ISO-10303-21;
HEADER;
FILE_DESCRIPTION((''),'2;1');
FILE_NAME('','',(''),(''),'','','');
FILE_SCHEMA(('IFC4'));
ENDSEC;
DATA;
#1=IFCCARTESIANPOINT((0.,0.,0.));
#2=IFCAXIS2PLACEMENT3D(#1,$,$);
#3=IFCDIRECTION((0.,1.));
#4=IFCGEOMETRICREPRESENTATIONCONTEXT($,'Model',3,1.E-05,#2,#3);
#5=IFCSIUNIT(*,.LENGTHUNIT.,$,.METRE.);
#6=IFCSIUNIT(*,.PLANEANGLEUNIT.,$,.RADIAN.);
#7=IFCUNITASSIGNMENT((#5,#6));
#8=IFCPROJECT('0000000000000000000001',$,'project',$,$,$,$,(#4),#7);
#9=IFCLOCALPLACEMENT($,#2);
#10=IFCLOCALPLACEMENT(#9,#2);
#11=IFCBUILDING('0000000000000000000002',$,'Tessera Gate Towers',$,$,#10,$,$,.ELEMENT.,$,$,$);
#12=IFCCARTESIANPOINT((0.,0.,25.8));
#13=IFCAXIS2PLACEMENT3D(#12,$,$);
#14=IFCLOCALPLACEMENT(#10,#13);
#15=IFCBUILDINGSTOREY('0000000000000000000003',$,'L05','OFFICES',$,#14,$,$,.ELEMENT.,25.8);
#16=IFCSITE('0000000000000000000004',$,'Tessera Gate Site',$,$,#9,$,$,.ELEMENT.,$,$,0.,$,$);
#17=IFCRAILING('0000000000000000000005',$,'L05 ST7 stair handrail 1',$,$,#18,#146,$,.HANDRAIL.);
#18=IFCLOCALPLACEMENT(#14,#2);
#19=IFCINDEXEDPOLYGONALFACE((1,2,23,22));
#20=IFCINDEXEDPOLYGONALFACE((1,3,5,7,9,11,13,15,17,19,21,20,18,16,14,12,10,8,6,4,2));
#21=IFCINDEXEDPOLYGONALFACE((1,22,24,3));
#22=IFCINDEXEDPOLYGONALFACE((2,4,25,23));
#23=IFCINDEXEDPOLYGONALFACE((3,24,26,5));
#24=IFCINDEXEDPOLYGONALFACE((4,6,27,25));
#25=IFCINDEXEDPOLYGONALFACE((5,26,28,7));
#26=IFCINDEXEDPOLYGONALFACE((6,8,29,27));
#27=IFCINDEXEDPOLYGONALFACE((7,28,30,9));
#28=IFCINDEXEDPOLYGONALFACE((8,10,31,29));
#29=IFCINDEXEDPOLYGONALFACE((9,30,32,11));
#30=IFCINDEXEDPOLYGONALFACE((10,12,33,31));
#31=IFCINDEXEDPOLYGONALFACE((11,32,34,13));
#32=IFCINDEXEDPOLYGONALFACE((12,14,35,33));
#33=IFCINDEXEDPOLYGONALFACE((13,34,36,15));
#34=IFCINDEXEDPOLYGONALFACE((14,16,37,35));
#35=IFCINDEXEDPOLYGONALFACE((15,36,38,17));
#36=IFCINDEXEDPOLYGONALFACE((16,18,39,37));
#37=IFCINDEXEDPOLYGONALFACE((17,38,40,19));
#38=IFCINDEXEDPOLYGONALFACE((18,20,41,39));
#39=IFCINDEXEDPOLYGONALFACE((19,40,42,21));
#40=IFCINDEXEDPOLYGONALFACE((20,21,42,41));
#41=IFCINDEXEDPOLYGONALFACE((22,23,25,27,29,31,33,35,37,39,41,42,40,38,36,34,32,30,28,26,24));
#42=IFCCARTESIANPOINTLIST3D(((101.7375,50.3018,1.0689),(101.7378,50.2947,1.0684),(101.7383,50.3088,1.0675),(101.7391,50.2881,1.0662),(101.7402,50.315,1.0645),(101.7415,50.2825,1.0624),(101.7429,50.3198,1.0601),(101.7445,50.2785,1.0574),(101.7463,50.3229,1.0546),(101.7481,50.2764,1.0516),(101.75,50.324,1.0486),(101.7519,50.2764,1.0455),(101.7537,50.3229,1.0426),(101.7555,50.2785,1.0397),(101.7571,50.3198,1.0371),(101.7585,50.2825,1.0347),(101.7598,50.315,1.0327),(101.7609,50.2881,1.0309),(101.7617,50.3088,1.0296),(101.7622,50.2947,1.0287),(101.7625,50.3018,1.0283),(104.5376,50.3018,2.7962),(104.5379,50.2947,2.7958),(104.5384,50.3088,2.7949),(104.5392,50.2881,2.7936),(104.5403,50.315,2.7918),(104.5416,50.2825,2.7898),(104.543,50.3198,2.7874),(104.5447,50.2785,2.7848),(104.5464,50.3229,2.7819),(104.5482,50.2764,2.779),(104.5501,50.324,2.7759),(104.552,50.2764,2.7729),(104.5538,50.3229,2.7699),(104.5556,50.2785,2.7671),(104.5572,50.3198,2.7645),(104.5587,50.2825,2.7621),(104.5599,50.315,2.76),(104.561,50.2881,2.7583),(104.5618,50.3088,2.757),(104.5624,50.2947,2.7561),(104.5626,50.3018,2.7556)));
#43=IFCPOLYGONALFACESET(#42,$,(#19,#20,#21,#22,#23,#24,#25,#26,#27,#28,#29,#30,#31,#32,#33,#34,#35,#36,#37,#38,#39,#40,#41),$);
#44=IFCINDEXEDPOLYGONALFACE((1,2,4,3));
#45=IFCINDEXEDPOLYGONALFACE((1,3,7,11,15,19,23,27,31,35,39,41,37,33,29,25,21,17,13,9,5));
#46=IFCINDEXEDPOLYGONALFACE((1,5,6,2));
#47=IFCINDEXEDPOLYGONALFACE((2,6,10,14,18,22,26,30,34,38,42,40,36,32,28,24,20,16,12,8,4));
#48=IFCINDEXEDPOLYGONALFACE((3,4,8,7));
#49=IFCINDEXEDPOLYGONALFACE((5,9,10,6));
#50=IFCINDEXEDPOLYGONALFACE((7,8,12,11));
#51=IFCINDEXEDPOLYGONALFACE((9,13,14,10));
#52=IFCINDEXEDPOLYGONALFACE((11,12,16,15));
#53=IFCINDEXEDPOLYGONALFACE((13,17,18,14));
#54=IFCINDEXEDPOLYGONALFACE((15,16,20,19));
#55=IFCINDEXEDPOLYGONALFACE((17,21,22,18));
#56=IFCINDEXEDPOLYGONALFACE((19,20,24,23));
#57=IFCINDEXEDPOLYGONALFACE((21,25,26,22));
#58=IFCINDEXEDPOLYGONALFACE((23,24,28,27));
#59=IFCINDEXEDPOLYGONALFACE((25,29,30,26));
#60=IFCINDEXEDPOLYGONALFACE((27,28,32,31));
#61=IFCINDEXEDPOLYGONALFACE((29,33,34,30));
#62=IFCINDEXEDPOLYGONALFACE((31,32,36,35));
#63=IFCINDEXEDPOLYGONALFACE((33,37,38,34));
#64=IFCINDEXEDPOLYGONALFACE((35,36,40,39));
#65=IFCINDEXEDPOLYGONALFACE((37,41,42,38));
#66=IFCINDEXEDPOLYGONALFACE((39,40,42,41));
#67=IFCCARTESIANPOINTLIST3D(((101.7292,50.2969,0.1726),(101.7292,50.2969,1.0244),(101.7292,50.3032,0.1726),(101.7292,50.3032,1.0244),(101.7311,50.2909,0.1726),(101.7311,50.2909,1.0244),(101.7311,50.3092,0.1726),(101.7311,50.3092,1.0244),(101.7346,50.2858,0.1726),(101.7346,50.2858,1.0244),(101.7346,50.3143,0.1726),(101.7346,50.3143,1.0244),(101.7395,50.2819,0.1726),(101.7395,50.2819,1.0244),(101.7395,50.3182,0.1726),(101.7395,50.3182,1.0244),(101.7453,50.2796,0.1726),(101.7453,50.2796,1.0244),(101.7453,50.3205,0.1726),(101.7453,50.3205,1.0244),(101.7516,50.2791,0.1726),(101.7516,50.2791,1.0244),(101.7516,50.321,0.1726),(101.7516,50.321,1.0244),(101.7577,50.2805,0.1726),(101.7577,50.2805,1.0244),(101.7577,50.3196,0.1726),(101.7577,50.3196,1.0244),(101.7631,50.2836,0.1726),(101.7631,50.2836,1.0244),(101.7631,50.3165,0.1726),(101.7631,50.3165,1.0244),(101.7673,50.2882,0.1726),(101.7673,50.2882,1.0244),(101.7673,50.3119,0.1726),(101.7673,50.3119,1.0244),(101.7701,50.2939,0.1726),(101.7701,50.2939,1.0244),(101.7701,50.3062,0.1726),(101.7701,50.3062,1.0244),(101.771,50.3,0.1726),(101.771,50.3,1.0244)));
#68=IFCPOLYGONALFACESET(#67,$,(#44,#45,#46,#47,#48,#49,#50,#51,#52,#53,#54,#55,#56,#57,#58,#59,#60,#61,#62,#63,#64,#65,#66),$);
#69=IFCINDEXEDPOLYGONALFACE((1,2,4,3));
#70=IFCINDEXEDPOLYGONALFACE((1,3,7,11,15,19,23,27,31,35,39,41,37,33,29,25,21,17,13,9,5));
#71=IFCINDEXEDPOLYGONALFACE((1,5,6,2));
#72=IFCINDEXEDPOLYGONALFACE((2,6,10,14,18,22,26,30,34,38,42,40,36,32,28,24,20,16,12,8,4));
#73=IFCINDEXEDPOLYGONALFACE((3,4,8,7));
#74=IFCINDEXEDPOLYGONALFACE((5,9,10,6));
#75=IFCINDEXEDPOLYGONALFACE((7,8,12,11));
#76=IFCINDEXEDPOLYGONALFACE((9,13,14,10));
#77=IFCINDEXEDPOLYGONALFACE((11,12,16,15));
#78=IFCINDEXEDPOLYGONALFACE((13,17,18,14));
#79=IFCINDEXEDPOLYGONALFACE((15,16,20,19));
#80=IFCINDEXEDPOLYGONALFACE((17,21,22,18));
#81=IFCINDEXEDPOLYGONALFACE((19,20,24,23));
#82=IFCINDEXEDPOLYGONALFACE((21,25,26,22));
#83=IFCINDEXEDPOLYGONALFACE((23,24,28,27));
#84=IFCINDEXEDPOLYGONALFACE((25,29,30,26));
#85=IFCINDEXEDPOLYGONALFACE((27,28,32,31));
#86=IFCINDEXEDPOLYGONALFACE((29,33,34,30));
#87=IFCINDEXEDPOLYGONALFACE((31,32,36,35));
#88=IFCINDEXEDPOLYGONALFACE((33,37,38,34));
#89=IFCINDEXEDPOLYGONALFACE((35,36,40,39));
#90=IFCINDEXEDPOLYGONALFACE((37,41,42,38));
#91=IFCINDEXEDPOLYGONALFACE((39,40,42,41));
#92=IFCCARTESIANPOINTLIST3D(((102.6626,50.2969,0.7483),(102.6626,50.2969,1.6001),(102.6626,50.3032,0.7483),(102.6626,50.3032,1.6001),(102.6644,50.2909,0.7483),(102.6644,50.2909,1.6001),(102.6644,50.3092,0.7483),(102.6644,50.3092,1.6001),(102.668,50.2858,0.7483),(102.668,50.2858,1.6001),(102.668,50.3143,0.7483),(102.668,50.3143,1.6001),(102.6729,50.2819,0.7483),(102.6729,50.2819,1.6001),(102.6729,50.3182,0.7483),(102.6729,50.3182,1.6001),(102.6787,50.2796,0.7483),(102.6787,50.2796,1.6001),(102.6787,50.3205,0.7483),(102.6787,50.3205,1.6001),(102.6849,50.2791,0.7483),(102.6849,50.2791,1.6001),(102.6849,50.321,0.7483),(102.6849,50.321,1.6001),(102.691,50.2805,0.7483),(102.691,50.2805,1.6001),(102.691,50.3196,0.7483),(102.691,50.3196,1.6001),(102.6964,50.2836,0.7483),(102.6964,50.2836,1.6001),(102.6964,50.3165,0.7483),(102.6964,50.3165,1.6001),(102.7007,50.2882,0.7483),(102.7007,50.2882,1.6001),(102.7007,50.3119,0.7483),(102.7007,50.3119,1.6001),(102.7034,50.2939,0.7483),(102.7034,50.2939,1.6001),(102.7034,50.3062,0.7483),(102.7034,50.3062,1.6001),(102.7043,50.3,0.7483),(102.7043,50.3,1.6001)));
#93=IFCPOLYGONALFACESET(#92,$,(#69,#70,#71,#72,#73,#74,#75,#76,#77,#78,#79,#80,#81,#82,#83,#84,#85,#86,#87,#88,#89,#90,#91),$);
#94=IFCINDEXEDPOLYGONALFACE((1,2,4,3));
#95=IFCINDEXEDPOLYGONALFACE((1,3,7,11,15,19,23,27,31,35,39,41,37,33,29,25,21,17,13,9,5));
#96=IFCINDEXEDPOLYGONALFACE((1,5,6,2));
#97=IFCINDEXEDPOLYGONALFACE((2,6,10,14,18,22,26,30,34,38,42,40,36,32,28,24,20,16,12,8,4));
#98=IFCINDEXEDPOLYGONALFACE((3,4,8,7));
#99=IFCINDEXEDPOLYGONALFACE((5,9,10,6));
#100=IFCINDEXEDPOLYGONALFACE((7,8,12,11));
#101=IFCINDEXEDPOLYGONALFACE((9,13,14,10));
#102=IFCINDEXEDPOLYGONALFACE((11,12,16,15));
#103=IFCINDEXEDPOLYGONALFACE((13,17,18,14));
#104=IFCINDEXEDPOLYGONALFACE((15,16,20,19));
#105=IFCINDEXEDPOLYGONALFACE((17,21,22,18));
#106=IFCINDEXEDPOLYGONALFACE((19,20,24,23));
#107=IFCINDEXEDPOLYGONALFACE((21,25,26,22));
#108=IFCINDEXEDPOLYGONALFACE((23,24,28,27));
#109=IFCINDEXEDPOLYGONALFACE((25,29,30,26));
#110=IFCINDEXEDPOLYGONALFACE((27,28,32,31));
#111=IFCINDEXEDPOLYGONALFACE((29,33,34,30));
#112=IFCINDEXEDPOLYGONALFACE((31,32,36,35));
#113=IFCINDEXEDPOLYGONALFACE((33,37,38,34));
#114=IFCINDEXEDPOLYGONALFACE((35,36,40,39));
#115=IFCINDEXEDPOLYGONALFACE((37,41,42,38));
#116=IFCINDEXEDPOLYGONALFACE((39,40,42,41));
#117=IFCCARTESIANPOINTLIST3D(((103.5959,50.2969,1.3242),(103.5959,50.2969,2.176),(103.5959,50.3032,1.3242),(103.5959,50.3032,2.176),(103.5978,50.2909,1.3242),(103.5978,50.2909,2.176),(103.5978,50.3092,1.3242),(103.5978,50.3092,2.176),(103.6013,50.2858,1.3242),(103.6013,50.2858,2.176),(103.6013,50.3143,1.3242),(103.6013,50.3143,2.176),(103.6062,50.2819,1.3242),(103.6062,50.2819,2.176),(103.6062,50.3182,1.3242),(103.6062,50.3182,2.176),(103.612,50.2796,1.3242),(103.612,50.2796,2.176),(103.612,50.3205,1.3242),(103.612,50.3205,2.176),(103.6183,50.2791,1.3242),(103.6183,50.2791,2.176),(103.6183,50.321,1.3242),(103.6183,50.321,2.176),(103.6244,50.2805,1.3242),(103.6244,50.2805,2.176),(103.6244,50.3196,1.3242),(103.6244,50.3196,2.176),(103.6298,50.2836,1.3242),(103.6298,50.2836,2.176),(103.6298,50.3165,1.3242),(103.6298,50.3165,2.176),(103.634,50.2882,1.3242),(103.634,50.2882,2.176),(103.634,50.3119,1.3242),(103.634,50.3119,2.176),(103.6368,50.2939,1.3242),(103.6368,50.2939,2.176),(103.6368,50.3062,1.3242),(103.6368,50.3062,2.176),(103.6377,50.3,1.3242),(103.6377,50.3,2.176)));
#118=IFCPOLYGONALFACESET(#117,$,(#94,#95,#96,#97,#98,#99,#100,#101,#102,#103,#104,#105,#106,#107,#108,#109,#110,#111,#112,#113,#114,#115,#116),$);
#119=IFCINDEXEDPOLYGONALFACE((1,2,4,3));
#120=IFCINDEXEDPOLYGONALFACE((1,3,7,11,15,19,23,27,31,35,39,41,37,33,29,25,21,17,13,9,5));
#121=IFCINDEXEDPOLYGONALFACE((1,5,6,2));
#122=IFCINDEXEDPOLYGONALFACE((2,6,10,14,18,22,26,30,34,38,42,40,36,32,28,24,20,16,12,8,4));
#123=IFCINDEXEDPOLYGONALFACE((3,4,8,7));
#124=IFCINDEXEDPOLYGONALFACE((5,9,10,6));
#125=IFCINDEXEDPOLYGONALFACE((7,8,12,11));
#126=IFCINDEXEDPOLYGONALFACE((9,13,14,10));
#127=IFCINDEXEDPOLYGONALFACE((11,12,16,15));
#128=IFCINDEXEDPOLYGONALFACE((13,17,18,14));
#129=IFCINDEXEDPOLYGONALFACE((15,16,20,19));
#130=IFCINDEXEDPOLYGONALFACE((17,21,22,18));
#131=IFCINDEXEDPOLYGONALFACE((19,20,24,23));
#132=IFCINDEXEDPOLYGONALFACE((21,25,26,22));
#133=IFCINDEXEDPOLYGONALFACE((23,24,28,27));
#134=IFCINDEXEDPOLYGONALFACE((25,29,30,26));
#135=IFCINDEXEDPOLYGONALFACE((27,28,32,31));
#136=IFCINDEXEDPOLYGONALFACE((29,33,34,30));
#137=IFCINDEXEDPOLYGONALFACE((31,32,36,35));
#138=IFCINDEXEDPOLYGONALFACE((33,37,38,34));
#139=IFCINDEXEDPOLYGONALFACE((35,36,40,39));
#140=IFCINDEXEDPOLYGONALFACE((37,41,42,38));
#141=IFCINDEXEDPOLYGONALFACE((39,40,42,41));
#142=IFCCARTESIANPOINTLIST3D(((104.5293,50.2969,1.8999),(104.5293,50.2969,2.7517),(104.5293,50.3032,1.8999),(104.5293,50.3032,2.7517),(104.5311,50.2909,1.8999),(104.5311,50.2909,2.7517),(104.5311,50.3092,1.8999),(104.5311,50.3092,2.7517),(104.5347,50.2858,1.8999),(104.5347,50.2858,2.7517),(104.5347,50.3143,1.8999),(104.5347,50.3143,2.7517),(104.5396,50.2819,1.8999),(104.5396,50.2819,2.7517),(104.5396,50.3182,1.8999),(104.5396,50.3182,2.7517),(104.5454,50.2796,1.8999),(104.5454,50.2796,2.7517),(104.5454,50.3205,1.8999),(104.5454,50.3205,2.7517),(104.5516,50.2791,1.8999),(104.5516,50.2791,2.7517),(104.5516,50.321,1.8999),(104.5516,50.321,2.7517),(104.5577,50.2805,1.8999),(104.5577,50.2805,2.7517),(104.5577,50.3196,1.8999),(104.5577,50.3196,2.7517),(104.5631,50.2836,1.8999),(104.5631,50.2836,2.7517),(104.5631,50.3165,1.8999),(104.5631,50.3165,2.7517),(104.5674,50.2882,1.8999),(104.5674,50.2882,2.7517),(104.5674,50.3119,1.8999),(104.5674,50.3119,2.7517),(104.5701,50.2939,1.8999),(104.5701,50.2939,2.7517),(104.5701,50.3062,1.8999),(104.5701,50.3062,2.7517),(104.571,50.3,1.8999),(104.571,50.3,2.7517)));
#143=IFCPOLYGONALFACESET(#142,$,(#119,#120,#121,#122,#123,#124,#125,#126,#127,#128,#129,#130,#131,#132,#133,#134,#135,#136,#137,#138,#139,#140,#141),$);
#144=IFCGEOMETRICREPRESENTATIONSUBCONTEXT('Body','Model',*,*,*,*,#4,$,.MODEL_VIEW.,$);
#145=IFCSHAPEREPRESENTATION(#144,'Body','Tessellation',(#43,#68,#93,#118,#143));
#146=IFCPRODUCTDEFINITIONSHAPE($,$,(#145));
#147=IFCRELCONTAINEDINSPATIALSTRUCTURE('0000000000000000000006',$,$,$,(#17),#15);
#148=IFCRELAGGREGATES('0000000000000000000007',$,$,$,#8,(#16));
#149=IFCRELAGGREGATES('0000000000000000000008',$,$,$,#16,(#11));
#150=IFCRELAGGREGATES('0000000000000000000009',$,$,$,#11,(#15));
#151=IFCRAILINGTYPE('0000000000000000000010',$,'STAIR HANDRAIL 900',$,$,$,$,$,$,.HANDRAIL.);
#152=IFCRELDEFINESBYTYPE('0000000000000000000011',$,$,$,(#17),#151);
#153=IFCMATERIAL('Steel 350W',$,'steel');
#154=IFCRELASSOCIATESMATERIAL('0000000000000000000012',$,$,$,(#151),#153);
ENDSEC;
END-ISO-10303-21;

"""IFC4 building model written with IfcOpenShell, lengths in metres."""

from ifc_helpers import new_model, si_unit, direction, frame, origin, origin_2d, place, context, subcontext, project, spatial, circle, extrude, material, type_object, element, save


model = new_model("IFC4")

# Units and contexts
model_context = context("Model", 3, precision=1e-05, world=origin(), true_north=direction((0.0, 1.0)))
body_context = subcontext(model_context, "Body", "Model", "MODEL_VIEW")
ifc_project = project(units=[si_unit("LENGTHUNIT", "METRE"), si_unit("PLANEANGLEUNIT", "RADIAN")], contexts=[model_context])

# Site, building, storey
site_placement = place(None, origin())
site = spatial("IfcSite", under=ifc_project, at=site_placement, Name="Tessera Gate Site", CompositionType="ELEMENT", RefElevation=0.0)
building_placement = place(site_placement, origin())
building = spatial("IfcBuilding", under=site, at=building_placement, Name="Tessera Gate Towers", CompositionType="ELEMENT")
storey_placement = place(building_placement, frame((0.0, 0.0, 25.8)))
storey = spatial("IfcBuildingStorey", under=building, at=storey_placement, Name="L05", Description="OFFICES", CompositionType="ELEMENT", Elevation=25.8)

# Railing
ifc_material_1 = material(Name="Steel 350W", Category="steel")
railing_type_1 = type_object("IfcRailingType", Name="STAIR HANDRAIL 900", PredefinedType="HANDRAIL", material=ifc_material_1)
railing_1_placement = place(storey_placement, frame((101.75, 50.3, 0.1726)))
element("IfcRailing", 1, at=railing_1_placement, inside=storey, type_object=railing_type_1, Name="L05 ST7 stair handrail 1", PredefinedType="HANDRAIL", context=body_context, shape_type="SweptSolid", body=[
    extrude(circle(Radius=0.0239, at=origin_2d()), frame((0.0, 0.0, 0.876), z_axis=(0.85109, 0.0, 0.52502), x_axis=(0.0, 1.0, 0.0)), (0.0, 0.0, 1.0), 3.29),
    extrude(circle(Radius=0.021, at=origin_2d()), origin(), (0.0, 0.0, 1.0), 0.8518),
    extrude(circle(Radius=0.021, at=origin_2d()), frame((0.9333, 0.0, 0.5757)), (0.0, 0.0, 1.0), 0.8518),
    extrude(circle(Radius=0.021, at=origin_2d()), frame((1.8667, 0.0, 1.1516)), (0.0, 0.0, 1.0), 0.8518),
    extrude(circle(Radius=0.021, at=origin_2d()), frame((2.8, 0.0, 1.7273)), (0.0, 0.0, 1.0), 0.8518),
])

save(model, "model.ifc")
